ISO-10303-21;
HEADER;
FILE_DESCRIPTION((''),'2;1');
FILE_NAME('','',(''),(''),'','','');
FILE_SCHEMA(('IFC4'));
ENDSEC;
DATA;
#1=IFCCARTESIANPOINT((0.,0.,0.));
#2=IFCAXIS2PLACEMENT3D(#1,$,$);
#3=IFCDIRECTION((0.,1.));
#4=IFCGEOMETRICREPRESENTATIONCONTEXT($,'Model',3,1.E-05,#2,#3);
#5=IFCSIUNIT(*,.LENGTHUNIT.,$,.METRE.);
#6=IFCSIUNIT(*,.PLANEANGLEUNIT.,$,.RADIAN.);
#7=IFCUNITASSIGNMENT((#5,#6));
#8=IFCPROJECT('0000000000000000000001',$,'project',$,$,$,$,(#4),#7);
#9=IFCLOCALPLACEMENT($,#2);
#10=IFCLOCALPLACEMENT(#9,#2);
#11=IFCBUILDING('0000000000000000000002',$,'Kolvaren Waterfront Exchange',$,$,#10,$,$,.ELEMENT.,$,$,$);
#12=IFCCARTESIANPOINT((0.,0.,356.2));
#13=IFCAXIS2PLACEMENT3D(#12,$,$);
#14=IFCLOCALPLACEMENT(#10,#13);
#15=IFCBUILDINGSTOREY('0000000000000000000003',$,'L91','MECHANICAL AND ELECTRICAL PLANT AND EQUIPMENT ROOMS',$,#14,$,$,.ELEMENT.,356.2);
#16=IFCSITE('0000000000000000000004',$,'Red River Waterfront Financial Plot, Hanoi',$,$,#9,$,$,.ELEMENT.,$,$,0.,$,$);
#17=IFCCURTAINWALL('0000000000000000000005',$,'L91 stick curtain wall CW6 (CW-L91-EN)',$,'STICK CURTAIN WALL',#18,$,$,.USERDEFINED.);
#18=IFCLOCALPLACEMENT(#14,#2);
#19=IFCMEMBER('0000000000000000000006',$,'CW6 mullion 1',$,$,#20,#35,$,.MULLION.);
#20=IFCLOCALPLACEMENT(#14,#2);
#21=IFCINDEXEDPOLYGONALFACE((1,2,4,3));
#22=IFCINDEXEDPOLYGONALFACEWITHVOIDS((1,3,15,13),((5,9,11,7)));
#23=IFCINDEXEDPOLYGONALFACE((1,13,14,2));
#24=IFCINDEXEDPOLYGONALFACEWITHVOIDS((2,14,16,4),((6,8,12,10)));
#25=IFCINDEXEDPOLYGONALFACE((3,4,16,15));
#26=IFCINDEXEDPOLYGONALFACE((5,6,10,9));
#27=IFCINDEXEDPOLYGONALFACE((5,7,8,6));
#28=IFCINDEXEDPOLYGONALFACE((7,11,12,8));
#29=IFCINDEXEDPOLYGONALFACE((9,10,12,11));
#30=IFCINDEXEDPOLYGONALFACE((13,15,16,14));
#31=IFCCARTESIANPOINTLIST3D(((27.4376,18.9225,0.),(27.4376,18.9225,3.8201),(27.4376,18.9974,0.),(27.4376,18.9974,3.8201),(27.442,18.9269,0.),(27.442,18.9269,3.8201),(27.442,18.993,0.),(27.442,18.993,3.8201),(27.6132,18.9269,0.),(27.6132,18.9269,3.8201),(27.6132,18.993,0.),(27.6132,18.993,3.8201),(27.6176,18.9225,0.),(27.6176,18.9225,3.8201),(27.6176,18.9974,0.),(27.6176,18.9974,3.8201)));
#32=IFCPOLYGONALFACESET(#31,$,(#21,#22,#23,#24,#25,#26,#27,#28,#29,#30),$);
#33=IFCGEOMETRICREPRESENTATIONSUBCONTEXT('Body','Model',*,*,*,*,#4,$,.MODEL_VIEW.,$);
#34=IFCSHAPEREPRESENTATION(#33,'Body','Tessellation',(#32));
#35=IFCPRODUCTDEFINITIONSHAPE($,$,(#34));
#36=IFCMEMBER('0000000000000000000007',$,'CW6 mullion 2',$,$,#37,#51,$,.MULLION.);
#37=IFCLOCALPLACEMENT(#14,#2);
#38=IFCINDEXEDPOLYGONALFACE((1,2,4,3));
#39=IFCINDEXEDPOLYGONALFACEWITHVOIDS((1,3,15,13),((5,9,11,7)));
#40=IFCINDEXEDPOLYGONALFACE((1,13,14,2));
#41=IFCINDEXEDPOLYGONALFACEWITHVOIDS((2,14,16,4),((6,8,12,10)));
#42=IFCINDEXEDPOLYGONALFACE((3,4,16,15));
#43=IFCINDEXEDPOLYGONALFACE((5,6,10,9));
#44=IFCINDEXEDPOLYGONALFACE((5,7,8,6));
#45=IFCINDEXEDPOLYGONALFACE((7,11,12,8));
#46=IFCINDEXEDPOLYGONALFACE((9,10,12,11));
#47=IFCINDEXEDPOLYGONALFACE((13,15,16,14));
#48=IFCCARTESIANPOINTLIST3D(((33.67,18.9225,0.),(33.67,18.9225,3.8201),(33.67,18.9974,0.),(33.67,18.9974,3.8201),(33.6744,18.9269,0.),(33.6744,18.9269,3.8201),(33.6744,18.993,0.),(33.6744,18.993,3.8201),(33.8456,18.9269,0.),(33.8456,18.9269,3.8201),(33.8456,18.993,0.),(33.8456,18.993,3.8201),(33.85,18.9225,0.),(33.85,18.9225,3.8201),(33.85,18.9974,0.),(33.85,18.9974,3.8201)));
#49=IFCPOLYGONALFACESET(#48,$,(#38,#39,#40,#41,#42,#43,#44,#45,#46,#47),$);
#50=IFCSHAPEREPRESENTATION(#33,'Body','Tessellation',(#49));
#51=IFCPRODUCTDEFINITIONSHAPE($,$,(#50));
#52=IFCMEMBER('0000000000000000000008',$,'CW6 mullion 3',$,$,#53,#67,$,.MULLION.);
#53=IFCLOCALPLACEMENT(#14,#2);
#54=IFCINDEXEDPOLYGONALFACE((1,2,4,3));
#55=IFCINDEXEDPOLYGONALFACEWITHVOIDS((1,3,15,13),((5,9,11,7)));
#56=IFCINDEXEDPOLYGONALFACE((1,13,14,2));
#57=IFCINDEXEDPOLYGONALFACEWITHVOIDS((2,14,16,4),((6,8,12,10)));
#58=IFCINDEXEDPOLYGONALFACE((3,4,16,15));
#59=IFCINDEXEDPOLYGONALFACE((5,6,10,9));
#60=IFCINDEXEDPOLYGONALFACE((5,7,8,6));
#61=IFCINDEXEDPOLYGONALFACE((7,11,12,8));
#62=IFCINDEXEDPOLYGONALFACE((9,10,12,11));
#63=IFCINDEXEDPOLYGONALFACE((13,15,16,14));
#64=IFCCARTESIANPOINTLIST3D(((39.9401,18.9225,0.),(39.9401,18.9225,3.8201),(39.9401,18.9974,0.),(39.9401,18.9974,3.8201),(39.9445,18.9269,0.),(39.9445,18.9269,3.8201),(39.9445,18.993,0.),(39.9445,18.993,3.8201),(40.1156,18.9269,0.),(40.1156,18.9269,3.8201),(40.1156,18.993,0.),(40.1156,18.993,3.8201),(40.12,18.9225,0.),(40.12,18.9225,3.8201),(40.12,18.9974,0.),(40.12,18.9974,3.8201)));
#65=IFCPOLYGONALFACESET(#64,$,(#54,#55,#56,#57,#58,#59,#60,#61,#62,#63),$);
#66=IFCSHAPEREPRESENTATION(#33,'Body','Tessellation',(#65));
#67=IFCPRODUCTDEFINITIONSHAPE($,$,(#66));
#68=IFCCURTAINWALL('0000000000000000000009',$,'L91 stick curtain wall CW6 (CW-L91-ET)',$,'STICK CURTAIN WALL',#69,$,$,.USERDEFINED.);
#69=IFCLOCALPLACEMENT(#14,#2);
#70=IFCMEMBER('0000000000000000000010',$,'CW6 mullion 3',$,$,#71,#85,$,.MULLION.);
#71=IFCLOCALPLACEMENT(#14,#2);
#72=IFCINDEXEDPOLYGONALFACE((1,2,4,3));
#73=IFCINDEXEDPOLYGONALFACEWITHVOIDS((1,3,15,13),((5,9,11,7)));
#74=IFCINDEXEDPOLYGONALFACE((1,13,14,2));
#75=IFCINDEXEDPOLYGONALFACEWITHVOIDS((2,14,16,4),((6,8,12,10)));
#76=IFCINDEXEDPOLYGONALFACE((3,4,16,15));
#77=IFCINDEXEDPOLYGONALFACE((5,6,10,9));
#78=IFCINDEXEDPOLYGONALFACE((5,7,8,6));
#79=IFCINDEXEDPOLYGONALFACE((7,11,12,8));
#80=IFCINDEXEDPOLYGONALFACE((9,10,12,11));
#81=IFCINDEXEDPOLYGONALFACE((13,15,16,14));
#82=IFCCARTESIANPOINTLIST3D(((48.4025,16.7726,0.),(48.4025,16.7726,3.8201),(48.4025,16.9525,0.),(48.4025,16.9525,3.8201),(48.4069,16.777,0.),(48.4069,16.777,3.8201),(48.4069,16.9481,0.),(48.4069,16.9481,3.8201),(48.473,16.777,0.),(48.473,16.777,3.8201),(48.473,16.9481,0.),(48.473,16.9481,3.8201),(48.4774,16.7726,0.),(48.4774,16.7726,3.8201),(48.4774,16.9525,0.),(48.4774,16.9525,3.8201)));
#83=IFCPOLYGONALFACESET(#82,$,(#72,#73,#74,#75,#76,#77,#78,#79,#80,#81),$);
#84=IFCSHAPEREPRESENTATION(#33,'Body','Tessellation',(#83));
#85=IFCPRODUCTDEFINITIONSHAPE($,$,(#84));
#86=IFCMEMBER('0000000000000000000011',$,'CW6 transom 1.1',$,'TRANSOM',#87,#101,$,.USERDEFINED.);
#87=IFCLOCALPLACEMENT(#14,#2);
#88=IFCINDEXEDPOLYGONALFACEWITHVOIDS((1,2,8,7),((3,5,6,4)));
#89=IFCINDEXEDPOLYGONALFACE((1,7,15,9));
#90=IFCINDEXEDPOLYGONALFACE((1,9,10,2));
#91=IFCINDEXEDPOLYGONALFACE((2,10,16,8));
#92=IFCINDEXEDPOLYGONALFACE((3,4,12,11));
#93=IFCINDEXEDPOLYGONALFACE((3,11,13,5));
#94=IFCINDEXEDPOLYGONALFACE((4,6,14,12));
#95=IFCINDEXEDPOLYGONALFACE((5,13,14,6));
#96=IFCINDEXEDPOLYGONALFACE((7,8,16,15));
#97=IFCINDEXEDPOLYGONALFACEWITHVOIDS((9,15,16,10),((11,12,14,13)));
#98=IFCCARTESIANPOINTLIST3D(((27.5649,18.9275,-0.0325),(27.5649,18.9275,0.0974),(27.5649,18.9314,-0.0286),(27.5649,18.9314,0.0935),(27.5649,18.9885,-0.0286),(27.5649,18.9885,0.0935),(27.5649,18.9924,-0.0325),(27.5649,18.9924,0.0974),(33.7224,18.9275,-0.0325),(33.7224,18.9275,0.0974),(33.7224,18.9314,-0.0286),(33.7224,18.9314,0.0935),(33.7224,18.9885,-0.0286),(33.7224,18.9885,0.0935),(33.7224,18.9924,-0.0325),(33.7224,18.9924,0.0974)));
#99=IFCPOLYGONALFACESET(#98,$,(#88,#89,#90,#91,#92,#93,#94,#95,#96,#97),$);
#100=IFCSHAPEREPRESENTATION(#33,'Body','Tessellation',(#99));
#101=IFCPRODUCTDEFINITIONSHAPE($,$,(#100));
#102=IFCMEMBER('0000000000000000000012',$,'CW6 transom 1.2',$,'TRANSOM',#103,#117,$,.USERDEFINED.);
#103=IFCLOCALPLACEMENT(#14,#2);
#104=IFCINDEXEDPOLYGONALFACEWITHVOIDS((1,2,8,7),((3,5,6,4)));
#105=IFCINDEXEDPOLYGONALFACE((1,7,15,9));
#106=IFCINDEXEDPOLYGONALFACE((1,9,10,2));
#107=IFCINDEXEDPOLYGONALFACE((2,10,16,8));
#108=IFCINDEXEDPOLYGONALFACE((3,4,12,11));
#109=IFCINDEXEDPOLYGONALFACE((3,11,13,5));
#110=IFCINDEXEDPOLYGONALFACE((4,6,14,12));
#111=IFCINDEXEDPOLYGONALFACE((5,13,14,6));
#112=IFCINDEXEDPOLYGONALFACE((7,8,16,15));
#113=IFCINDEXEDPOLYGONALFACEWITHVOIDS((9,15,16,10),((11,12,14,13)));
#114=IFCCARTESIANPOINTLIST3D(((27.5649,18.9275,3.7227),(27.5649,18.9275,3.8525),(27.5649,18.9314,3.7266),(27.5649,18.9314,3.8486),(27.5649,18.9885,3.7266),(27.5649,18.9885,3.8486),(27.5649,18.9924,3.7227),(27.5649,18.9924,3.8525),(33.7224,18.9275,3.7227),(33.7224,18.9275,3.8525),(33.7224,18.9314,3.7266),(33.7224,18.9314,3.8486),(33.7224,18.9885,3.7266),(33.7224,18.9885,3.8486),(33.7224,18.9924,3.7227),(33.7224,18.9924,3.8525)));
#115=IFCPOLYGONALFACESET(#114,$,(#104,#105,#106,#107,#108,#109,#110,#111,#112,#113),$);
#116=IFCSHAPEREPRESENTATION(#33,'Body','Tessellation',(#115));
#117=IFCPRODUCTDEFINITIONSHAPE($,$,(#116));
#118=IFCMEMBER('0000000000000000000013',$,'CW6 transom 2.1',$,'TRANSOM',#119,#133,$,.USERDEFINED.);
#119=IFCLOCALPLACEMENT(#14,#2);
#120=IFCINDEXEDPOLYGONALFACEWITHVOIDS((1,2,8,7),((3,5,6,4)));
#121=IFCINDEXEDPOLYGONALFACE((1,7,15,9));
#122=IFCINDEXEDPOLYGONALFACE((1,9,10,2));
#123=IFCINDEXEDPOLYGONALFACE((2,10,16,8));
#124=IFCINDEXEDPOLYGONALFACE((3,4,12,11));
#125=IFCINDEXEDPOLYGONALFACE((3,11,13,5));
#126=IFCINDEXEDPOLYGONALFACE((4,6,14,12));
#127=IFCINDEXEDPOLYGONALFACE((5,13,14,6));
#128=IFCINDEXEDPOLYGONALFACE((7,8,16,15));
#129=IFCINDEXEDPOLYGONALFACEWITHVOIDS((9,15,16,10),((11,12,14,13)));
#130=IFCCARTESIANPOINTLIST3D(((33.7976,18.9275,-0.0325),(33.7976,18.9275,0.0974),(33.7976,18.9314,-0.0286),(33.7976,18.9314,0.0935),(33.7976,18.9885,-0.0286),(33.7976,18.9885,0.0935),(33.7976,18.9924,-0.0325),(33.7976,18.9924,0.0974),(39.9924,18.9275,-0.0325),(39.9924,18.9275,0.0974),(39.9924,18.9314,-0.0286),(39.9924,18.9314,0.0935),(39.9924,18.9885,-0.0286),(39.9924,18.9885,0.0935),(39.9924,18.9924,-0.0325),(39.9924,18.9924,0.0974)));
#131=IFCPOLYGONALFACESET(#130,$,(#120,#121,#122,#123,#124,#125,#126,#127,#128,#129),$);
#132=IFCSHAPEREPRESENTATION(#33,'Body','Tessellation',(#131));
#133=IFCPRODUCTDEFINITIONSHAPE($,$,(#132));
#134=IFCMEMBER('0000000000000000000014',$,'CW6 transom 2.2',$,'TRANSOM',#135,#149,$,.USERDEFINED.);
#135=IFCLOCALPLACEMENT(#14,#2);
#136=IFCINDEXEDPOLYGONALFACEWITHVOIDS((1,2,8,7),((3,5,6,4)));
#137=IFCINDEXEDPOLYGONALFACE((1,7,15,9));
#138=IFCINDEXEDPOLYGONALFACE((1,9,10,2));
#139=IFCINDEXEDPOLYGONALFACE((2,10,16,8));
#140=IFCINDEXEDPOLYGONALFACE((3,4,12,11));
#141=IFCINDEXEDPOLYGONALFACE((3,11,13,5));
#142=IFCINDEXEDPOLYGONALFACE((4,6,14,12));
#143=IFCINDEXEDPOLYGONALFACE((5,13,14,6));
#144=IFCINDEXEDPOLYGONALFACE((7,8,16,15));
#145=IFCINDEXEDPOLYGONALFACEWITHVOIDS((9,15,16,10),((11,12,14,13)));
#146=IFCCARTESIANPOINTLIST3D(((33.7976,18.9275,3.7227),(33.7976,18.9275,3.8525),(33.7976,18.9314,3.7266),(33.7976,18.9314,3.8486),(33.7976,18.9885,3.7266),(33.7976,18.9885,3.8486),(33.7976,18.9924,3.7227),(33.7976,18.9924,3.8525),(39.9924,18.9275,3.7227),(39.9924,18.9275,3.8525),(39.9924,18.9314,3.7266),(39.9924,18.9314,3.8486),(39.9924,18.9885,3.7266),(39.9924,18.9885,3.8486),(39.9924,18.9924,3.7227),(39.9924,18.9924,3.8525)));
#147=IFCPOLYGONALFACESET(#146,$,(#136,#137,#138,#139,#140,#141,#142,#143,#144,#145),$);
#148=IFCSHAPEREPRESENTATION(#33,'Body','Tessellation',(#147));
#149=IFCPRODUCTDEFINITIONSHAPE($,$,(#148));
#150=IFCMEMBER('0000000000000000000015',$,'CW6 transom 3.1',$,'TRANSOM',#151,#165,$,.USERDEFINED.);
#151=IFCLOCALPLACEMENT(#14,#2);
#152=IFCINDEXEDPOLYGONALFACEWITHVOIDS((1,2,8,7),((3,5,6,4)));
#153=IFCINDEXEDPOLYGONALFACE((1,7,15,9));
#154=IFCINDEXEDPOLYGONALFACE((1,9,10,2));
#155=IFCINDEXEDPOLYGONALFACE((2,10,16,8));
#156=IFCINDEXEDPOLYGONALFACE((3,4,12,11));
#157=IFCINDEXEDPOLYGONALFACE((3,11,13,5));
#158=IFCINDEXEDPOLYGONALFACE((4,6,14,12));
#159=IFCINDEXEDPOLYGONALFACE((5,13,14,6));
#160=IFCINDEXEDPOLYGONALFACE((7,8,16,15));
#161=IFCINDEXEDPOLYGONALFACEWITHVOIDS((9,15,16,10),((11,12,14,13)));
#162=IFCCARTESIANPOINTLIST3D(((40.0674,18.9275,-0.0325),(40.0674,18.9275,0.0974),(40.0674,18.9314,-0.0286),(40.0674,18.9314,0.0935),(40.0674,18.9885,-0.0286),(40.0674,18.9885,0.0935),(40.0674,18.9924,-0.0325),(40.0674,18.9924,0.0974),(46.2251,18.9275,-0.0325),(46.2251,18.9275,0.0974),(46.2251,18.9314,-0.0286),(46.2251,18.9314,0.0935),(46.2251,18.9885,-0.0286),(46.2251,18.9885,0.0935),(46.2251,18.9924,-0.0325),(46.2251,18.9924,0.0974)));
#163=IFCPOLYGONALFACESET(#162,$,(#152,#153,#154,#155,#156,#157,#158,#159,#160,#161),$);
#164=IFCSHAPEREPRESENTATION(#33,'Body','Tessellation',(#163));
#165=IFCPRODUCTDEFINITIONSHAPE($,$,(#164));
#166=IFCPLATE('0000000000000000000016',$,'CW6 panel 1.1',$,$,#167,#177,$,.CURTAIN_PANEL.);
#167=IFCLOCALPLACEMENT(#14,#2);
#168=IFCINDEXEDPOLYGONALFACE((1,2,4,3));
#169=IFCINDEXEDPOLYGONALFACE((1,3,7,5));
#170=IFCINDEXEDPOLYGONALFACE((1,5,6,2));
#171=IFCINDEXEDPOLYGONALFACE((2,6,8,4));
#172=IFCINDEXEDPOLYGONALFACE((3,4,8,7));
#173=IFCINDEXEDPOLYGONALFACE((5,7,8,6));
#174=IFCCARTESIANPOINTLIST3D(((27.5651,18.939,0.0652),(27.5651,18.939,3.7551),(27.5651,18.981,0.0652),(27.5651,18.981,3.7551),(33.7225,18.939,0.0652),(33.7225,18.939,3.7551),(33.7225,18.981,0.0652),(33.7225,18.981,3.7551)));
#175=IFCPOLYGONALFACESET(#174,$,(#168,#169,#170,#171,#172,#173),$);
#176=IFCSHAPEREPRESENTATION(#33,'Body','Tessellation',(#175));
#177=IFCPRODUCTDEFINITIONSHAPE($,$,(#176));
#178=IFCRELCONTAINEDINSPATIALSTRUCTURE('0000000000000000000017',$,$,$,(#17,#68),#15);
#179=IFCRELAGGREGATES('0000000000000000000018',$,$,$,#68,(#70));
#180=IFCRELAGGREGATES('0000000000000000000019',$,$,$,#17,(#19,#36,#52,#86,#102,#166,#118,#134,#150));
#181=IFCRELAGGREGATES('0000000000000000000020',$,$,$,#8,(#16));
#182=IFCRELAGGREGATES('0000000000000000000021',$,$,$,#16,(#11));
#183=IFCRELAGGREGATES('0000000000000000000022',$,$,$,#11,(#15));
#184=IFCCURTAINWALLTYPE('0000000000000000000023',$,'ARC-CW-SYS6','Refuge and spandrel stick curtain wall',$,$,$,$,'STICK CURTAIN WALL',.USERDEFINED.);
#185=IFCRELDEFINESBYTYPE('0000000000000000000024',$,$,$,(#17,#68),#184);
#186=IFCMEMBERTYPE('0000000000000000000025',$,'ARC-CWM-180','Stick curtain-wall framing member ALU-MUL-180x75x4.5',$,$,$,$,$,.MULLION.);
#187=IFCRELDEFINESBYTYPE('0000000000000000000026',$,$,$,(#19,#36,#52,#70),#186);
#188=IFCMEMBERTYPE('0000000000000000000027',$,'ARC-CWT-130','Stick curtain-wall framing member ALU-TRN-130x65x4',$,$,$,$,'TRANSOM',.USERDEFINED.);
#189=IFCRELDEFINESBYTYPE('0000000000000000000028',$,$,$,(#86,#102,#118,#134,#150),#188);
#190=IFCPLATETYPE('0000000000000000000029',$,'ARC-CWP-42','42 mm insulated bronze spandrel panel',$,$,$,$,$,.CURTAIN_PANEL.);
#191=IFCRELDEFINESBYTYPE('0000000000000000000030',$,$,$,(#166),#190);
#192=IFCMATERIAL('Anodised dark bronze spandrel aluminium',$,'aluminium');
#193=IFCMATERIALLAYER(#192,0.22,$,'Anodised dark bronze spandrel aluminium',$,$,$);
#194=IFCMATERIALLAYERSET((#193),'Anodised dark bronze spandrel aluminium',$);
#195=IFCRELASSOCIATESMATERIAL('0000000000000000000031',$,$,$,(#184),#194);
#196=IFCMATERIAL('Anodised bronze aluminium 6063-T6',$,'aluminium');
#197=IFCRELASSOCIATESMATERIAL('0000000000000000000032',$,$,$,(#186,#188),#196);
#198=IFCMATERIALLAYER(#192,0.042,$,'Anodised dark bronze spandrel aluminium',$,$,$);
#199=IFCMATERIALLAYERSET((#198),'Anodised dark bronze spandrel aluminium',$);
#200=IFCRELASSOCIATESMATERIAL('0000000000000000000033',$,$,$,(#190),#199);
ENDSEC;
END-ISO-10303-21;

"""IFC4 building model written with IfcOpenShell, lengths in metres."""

from ifc_helpers import new_model, si_unit, direction, frame, origin, origin_with_axes, origin_2d, place, context, subcontext, project, spatial, rectangle, hollow_rectangle, extrude, source, transform, mapped, material, layer, layer_set, material_profile, profile_set, type_object, element, aggregate, save


model = new_model("IFC4")

# Units and contexts
model_context = context("Model", 3, precision=1e-05, world=origin(), true_north=direction((0.0, 1.0)))
body_context = subcontext(model_context, "Body", "Model", "MODEL_VIEW")
ifc_project = project(units=[si_unit("LENGTHUNIT", "METRE"), si_unit("PLANEANGLEUNIT", "RADIAN")], contexts=[model_context])

# Site, building, storey
site_placement = place(None, origin())
site = spatial("IfcSite", under=ifc_project, at=site_placement, Name="Red River Waterfront Financial Plot, Hanoi", CompositionType="ELEMENT", RefElevation=0.0)
building_placement = place(site_placement, origin())
building = spatial("IfcBuilding", under=site, at=building_placement, Name="Kolvaren Waterfront Exchange", CompositionType="ELEMENT")
storey_placement = place(building_placement, frame((0.0, 0.0, 356.2)))
storey = spatial("IfcBuildingStorey", under=building, at=storey_placement, Name="L91", Description="MECHANICAL AND ELECTRICAL PLANT AND EQUIPMENT ROOMS", CompositionType="ELEMENT", Elevation=356.2)

# Curtain wall, members
ifc_material_1 = material(Name="Anodised dark bronze spandrel aluminium", Category="aluminium")
ifc_layer_1 = layer(ifc_material_1, 0.22, Name="Anodised dark bronze spandrel aluminium")
ifc_layer_set_1 = layer_set([ifc_layer_1], Name="Anodised dark bronze spandrel aluminium")
curtain_wall_type = type_object("IfcCurtainWallType", Name="ARC-CW-SYS6", Description="Refuge and spandrel stick curtain wall", ElementType="STICK CURTAIN WALL", PredefinedType="USERDEFINED", material=ifc_layer_set_1)
curtain_wall_1_placement = place(storey_placement, origin())
curtain_wall_1 = element("IfcCurtainWall", 1, at=curtain_wall_1_placement, inside=storey, type_object=curtain_wall_type, Name="L91 stick curtain wall CW6 (CW-L91-EN)", ObjectType="STICK CURTAIN WALL", PredefinedType="USERDEFINED")
ifc_material_2 = material(Name="Anodised bronze aluminium 6063-T6", Category="aluminium")
ifc_material_profile_1 = material_profile(ifc_material_2, hollow_rectangle(XDim=0.075, YDim=0.1799, WallThickness=0.0044, at=origin_2d()), Name="ALU-MUL-180x75x4.5")
ifc_profile_set_1 = profile_set([ifc_material_profile_1], Name="Anodised bronze aluminium 6063-T6")
member_type_1 = type_object("IfcMemberType", Name="ARC-CWM-180", Description="Stick curtain-wall framing member ALU-MUL-180x75x4.5", PredefinedType="MULLION", material=ifc_profile_set_1)
shared_shape_1 = source(origin_with_axes(), body_context, "Body", "SweptSolid", [
    extrude(hollow_rectangle(XDim=0.075, YDim=0.1799, WallThickness=0.0044, at=origin_2d()), origin(), (0.0, 0.0, 1.0), 3.8201),
])
member_1_placement = place(storey_placement, frame((27.5276, 18.96, 0.0), z_axis=(0.0, 0.0, 1.0), x_axis=(0.0, 1.0, 0.0)))
member_1 = element("IfcMember", 2, at=member_1_placement, type_object=member_type_1, Name="CW6 mullion 1", PredefinedType="MULLION", context=body_context, shape_type="MappedRepresentation", body=[
    mapped(shared_shape_1, transform((0.0, 0.0, 0.0), x_axis=(1.0, 0.0, 0.0), y_axis=(0.0, 1.0, 0.0), z_axis=(0.0, 0.0, 1.0), scale=1.0)),
])
member_2_placement = place(storey_placement, frame((33.76, 18.96, 0.0), z_axis=(0.0, 0.0, 1.0), x_axis=(0.0, 1.0, 0.0)))
member_2 = element("IfcMember", 3, at=member_2_placement, type_object=member_type_1, Name="CW6 mullion 2", PredefinedType="MULLION", context=body_context, shape_type="MappedRepresentation", body=[
    mapped(shared_shape_1, transform((0.0, 0.0, 0.0), x_axis=(1.0, 0.0, 0.0), y_axis=(0.0, 1.0, 0.0), z_axis=(0.0, 0.0, 1.0), scale=1.0)),
])
member_3_placement = place(storey_placement, frame((40.03, 18.96, 0.0), z_axis=(0.0, 0.0, 1.0), x_axis=(0.0, 1.0, 0.0)))
member_3 = element("IfcMember", 4, at=member_3_placement, type_object=member_type_1, Name="CW6 mullion 3", PredefinedType="MULLION", context=body_context, shape_type="MappedRepresentation", body=[
    mapped(shared_shape_1, transform((0.0, 0.0, 0.0), x_axis=(1.0, 0.0, 0.0), y_axis=(0.0, 1.0, 0.0), z_axis=(0.0, 0.0, 1.0), scale=1.0)),
])

# Curtain wall, member
curtain_wall_2_placement = place(storey_placement, origin())
curtain_wall_2 = element("IfcCurtainWall", 5, at=curtain_wall_2_placement, inside=storey, type_object=curtain_wall_type, Name="L91 stick curtain wall CW6 (CW-L91-ET)", ObjectType="STICK CURTAIN WALL", PredefinedType="USERDEFINED")
member_4_placement = place(storey_placement, frame((48.4399, 16.8625, 0.0), z_axis=(0.0, 0.0, 1.0), x_axis=(-1.0, 0.0, 0.0)))
member_4 = element("IfcMember", 6, at=member_4_placement, type_object=member_type_1, Name="CW6 mullion 3", PredefinedType="MULLION", context=body_context, shape_type="MappedRepresentation", body=[
    mapped(shared_shape_1, transform((0.0, 0.0, 0.0), x_axis=(1.0, 0.0, 0.0), y_axis=(0.0, 1.0, 0.0), z_axis=(0.0, 0.0, 1.0), scale=1.0)),
])
aggregate(curtain_wall_2, [member_4])

# Members
ifc_material_profile_2 = material_profile(ifc_material_2, hollow_rectangle(XDim=0.0649, YDim=0.1299, WallThickness=0.0039, at=origin_2d()), Name="ALU-TRN-130x65x4")
ifc_profile_set_2 = profile_set([ifc_material_profile_2], Name="Anodised bronze aluminium 6063-T6")
member_type_2 = type_object("IfcMemberType", Name="ARC-CWT-130", Description="Stick curtain-wall framing member ALU-TRN-130x65x4", ElementType="TRANSOM", PredefinedType="USERDEFINED", material=ifc_profile_set_2)
shared_shape_2 = source(origin_with_axes(), body_context, "Body", "SweptSolid", [
    extrude(hollow_rectangle(XDim=0.0649, YDim=0.1299, WallThickness=0.0039, at=origin_2d()), origin(), (0.0, 0.0, 1.0), 6.1575),
])
member_5_placement = place(storey_placement, frame((27.5649, 18.96, 0.0325), z_axis=(1.0, 0.0, 0.0), x_axis=(0.0, 1.0, 0.0)))
member_5 = element("IfcMember", 7, at=member_5_placement, type_object=member_type_2, Name="CW6 transom 1.1", ObjectType="TRANSOM", PredefinedType="USERDEFINED", context=body_context, shape_type="MappedRepresentation", body=[
    mapped(shared_shape_2, transform((0.0, 0.0, 0.0), x_axis=(1.0, 0.0, 0.0), y_axis=(0.0, 1.0, 0.0), z_axis=(0.0, 0.0, 1.0), scale=1.0)),
])
member_6_placement = place(storey_placement, frame((27.5649, 18.96, 3.7876), z_axis=(1.0, 0.0, 0.0), x_axis=(0.0, 1.0, 0.0)))
member_6 = element("IfcMember", 8, at=member_6_placement, type_object=member_type_2, Name="CW6 transom 1.2", ObjectType="TRANSOM", PredefinedType="USERDEFINED", context=body_context, shape_type="MappedRepresentation", body=[
    mapped(shared_shape_2, transform((0.0, 0.0, 0.0), x_axis=(1.0, 0.0, 0.0), y_axis=(0.0, 1.0, 0.0), z_axis=(0.0, 0.0, 1.0), scale=1.0)),
])
shared_shape_3 = source(origin_with_axes(), body_context, "Body", "SweptSolid", [
    extrude(hollow_rectangle(XDim=0.0649, YDim=0.1299, WallThickness=0.0039, at=origin_2d()), origin(), (0.0, 0.0, 1.0), 6.1948),
])
member_7_placement = place(storey_placement, frame((33.7976, 18.96, 0.0325), z_axis=(1.0, 0.0, 0.0), x_axis=(0.0, 1.0, 0.0)))
member_7 = element("IfcMember", 9, at=member_7_placement, type_object=member_type_2, Name="CW6 transom 2.1", ObjectType="TRANSOM", PredefinedType="USERDEFINED", context=body_context, shape_type="MappedRepresentation", body=[
    mapped(shared_shape_3, transform((0.0, 0.0, 0.0), x_axis=(1.0, 0.0, 0.0), y_axis=(0.0, 1.0, 0.0), z_axis=(0.0, 0.0, 1.0), scale=1.0)),
])
member_8_placement = place(storey_placement, frame((33.7976, 18.96, 3.7876), z_axis=(1.0, 0.0, 0.0), x_axis=(0.0, 1.0, 0.0)))
member_8 = element("IfcMember", 10, at=member_8_placement, type_object=member_type_2, Name="CW6 transom 2.2", ObjectType="TRANSOM", PredefinedType="USERDEFINED", context=body_context, shape_type="MappedRepresentation", body=[
    mapped(shared_shape_3, transform((0.0, 0.0, 0.0), x_axis=(1.0, 0.0, 0.0), y_axis=(0.0, 1.0, 0.0), z_axis=(0.0, 0.0, 1.0), scale=1.0)),
])
shared_shape_4 = source(origin_with_axes(), body_context, "Body", "SweptSolid", [
    extrude(hollow_rectangle(XDim=0.0649, YDim=0.1299, WallThickness=0.0039, at=origin_2d()), origin(), (0.0, 0.0, 1.0), 6.1577),
])
member_9_placement = place(storey_placement, frame((40.0674, 18.96, 0.0325), z_axis=(1.0, 0.0, 0.0), x_axis=(0.0, 1.0, 0.0)))
member_9 = element("IfcMember", 11, at=member_9_placement, type_object=member_type_2, Name="CW6 transom 3.1", ObjectType="TRANSOM", PredefinedType="USERDEFINED", context=body_context, shape_type="MappedRepresentation", body=[
    mapped(shared_shape_4, transform((0.0, 0.0, 0.0), x_axis=(1.0, 0.0, 0.0), y_axis=(0.0, 1.0, 0.0), z_axis=(0.0, 0.0, 1.0), scale=1.0)),
])

# Plate
ifc_layer_2 = layer(ifc_material_1, 0.042, Name="Anodised dark bronze spandrel aluminium")
ifc_layer_set_2 = layer_set([ifc_layer_2], Name="Anodised dark bronze spandrel aluminium")
plate_type = type_object("IfcPlateType", Name="ARC-CWP-42", Description="42 mm insulated bronze spandrel panel", PredefinedType="CURTAIN_PANEL", material=ifc_layer_set_2)
shared_shape_5 = source(origin_with_axes(), body_context, "Body", "SweptSolid", [
    extrude(rectangle(XDim=6.1575, YDim=0.042, at=origin_2d()), origin(), (0.0, 0.0, 1.0), 3.6899),
])
plate_1_placement = place(storey_placement, frame((30.6438, 18.96, 0.0652), z_axis=(0.0, 0.0, 1.0), x_axis=(1.0, 0.0, 0.0)))
plate_1 = element("IfcPlate", 12, at=plate_1_placement, type_object=plate_type, Name="CW6 panel 1.1", PredefinedType="CURTAIN_PANEL", context=body_context, shape_type="MappedRepresentation", body=[
    mapped(shared_shape_5, transform((0.0, 0.0, 0.0), x_axis=(1.0, 0.0, 0.0), y_axis=(0.0, 1.0, 0.0), z_axis=(0.0, 0.0, 1.0), scale=1.0)),
])
aggregate(curtain_wall_1, [member_1, member_2, member_3, member_5, member_6, plate_1, member_7, member_8, member_9])

save(model, "model.ifc")
